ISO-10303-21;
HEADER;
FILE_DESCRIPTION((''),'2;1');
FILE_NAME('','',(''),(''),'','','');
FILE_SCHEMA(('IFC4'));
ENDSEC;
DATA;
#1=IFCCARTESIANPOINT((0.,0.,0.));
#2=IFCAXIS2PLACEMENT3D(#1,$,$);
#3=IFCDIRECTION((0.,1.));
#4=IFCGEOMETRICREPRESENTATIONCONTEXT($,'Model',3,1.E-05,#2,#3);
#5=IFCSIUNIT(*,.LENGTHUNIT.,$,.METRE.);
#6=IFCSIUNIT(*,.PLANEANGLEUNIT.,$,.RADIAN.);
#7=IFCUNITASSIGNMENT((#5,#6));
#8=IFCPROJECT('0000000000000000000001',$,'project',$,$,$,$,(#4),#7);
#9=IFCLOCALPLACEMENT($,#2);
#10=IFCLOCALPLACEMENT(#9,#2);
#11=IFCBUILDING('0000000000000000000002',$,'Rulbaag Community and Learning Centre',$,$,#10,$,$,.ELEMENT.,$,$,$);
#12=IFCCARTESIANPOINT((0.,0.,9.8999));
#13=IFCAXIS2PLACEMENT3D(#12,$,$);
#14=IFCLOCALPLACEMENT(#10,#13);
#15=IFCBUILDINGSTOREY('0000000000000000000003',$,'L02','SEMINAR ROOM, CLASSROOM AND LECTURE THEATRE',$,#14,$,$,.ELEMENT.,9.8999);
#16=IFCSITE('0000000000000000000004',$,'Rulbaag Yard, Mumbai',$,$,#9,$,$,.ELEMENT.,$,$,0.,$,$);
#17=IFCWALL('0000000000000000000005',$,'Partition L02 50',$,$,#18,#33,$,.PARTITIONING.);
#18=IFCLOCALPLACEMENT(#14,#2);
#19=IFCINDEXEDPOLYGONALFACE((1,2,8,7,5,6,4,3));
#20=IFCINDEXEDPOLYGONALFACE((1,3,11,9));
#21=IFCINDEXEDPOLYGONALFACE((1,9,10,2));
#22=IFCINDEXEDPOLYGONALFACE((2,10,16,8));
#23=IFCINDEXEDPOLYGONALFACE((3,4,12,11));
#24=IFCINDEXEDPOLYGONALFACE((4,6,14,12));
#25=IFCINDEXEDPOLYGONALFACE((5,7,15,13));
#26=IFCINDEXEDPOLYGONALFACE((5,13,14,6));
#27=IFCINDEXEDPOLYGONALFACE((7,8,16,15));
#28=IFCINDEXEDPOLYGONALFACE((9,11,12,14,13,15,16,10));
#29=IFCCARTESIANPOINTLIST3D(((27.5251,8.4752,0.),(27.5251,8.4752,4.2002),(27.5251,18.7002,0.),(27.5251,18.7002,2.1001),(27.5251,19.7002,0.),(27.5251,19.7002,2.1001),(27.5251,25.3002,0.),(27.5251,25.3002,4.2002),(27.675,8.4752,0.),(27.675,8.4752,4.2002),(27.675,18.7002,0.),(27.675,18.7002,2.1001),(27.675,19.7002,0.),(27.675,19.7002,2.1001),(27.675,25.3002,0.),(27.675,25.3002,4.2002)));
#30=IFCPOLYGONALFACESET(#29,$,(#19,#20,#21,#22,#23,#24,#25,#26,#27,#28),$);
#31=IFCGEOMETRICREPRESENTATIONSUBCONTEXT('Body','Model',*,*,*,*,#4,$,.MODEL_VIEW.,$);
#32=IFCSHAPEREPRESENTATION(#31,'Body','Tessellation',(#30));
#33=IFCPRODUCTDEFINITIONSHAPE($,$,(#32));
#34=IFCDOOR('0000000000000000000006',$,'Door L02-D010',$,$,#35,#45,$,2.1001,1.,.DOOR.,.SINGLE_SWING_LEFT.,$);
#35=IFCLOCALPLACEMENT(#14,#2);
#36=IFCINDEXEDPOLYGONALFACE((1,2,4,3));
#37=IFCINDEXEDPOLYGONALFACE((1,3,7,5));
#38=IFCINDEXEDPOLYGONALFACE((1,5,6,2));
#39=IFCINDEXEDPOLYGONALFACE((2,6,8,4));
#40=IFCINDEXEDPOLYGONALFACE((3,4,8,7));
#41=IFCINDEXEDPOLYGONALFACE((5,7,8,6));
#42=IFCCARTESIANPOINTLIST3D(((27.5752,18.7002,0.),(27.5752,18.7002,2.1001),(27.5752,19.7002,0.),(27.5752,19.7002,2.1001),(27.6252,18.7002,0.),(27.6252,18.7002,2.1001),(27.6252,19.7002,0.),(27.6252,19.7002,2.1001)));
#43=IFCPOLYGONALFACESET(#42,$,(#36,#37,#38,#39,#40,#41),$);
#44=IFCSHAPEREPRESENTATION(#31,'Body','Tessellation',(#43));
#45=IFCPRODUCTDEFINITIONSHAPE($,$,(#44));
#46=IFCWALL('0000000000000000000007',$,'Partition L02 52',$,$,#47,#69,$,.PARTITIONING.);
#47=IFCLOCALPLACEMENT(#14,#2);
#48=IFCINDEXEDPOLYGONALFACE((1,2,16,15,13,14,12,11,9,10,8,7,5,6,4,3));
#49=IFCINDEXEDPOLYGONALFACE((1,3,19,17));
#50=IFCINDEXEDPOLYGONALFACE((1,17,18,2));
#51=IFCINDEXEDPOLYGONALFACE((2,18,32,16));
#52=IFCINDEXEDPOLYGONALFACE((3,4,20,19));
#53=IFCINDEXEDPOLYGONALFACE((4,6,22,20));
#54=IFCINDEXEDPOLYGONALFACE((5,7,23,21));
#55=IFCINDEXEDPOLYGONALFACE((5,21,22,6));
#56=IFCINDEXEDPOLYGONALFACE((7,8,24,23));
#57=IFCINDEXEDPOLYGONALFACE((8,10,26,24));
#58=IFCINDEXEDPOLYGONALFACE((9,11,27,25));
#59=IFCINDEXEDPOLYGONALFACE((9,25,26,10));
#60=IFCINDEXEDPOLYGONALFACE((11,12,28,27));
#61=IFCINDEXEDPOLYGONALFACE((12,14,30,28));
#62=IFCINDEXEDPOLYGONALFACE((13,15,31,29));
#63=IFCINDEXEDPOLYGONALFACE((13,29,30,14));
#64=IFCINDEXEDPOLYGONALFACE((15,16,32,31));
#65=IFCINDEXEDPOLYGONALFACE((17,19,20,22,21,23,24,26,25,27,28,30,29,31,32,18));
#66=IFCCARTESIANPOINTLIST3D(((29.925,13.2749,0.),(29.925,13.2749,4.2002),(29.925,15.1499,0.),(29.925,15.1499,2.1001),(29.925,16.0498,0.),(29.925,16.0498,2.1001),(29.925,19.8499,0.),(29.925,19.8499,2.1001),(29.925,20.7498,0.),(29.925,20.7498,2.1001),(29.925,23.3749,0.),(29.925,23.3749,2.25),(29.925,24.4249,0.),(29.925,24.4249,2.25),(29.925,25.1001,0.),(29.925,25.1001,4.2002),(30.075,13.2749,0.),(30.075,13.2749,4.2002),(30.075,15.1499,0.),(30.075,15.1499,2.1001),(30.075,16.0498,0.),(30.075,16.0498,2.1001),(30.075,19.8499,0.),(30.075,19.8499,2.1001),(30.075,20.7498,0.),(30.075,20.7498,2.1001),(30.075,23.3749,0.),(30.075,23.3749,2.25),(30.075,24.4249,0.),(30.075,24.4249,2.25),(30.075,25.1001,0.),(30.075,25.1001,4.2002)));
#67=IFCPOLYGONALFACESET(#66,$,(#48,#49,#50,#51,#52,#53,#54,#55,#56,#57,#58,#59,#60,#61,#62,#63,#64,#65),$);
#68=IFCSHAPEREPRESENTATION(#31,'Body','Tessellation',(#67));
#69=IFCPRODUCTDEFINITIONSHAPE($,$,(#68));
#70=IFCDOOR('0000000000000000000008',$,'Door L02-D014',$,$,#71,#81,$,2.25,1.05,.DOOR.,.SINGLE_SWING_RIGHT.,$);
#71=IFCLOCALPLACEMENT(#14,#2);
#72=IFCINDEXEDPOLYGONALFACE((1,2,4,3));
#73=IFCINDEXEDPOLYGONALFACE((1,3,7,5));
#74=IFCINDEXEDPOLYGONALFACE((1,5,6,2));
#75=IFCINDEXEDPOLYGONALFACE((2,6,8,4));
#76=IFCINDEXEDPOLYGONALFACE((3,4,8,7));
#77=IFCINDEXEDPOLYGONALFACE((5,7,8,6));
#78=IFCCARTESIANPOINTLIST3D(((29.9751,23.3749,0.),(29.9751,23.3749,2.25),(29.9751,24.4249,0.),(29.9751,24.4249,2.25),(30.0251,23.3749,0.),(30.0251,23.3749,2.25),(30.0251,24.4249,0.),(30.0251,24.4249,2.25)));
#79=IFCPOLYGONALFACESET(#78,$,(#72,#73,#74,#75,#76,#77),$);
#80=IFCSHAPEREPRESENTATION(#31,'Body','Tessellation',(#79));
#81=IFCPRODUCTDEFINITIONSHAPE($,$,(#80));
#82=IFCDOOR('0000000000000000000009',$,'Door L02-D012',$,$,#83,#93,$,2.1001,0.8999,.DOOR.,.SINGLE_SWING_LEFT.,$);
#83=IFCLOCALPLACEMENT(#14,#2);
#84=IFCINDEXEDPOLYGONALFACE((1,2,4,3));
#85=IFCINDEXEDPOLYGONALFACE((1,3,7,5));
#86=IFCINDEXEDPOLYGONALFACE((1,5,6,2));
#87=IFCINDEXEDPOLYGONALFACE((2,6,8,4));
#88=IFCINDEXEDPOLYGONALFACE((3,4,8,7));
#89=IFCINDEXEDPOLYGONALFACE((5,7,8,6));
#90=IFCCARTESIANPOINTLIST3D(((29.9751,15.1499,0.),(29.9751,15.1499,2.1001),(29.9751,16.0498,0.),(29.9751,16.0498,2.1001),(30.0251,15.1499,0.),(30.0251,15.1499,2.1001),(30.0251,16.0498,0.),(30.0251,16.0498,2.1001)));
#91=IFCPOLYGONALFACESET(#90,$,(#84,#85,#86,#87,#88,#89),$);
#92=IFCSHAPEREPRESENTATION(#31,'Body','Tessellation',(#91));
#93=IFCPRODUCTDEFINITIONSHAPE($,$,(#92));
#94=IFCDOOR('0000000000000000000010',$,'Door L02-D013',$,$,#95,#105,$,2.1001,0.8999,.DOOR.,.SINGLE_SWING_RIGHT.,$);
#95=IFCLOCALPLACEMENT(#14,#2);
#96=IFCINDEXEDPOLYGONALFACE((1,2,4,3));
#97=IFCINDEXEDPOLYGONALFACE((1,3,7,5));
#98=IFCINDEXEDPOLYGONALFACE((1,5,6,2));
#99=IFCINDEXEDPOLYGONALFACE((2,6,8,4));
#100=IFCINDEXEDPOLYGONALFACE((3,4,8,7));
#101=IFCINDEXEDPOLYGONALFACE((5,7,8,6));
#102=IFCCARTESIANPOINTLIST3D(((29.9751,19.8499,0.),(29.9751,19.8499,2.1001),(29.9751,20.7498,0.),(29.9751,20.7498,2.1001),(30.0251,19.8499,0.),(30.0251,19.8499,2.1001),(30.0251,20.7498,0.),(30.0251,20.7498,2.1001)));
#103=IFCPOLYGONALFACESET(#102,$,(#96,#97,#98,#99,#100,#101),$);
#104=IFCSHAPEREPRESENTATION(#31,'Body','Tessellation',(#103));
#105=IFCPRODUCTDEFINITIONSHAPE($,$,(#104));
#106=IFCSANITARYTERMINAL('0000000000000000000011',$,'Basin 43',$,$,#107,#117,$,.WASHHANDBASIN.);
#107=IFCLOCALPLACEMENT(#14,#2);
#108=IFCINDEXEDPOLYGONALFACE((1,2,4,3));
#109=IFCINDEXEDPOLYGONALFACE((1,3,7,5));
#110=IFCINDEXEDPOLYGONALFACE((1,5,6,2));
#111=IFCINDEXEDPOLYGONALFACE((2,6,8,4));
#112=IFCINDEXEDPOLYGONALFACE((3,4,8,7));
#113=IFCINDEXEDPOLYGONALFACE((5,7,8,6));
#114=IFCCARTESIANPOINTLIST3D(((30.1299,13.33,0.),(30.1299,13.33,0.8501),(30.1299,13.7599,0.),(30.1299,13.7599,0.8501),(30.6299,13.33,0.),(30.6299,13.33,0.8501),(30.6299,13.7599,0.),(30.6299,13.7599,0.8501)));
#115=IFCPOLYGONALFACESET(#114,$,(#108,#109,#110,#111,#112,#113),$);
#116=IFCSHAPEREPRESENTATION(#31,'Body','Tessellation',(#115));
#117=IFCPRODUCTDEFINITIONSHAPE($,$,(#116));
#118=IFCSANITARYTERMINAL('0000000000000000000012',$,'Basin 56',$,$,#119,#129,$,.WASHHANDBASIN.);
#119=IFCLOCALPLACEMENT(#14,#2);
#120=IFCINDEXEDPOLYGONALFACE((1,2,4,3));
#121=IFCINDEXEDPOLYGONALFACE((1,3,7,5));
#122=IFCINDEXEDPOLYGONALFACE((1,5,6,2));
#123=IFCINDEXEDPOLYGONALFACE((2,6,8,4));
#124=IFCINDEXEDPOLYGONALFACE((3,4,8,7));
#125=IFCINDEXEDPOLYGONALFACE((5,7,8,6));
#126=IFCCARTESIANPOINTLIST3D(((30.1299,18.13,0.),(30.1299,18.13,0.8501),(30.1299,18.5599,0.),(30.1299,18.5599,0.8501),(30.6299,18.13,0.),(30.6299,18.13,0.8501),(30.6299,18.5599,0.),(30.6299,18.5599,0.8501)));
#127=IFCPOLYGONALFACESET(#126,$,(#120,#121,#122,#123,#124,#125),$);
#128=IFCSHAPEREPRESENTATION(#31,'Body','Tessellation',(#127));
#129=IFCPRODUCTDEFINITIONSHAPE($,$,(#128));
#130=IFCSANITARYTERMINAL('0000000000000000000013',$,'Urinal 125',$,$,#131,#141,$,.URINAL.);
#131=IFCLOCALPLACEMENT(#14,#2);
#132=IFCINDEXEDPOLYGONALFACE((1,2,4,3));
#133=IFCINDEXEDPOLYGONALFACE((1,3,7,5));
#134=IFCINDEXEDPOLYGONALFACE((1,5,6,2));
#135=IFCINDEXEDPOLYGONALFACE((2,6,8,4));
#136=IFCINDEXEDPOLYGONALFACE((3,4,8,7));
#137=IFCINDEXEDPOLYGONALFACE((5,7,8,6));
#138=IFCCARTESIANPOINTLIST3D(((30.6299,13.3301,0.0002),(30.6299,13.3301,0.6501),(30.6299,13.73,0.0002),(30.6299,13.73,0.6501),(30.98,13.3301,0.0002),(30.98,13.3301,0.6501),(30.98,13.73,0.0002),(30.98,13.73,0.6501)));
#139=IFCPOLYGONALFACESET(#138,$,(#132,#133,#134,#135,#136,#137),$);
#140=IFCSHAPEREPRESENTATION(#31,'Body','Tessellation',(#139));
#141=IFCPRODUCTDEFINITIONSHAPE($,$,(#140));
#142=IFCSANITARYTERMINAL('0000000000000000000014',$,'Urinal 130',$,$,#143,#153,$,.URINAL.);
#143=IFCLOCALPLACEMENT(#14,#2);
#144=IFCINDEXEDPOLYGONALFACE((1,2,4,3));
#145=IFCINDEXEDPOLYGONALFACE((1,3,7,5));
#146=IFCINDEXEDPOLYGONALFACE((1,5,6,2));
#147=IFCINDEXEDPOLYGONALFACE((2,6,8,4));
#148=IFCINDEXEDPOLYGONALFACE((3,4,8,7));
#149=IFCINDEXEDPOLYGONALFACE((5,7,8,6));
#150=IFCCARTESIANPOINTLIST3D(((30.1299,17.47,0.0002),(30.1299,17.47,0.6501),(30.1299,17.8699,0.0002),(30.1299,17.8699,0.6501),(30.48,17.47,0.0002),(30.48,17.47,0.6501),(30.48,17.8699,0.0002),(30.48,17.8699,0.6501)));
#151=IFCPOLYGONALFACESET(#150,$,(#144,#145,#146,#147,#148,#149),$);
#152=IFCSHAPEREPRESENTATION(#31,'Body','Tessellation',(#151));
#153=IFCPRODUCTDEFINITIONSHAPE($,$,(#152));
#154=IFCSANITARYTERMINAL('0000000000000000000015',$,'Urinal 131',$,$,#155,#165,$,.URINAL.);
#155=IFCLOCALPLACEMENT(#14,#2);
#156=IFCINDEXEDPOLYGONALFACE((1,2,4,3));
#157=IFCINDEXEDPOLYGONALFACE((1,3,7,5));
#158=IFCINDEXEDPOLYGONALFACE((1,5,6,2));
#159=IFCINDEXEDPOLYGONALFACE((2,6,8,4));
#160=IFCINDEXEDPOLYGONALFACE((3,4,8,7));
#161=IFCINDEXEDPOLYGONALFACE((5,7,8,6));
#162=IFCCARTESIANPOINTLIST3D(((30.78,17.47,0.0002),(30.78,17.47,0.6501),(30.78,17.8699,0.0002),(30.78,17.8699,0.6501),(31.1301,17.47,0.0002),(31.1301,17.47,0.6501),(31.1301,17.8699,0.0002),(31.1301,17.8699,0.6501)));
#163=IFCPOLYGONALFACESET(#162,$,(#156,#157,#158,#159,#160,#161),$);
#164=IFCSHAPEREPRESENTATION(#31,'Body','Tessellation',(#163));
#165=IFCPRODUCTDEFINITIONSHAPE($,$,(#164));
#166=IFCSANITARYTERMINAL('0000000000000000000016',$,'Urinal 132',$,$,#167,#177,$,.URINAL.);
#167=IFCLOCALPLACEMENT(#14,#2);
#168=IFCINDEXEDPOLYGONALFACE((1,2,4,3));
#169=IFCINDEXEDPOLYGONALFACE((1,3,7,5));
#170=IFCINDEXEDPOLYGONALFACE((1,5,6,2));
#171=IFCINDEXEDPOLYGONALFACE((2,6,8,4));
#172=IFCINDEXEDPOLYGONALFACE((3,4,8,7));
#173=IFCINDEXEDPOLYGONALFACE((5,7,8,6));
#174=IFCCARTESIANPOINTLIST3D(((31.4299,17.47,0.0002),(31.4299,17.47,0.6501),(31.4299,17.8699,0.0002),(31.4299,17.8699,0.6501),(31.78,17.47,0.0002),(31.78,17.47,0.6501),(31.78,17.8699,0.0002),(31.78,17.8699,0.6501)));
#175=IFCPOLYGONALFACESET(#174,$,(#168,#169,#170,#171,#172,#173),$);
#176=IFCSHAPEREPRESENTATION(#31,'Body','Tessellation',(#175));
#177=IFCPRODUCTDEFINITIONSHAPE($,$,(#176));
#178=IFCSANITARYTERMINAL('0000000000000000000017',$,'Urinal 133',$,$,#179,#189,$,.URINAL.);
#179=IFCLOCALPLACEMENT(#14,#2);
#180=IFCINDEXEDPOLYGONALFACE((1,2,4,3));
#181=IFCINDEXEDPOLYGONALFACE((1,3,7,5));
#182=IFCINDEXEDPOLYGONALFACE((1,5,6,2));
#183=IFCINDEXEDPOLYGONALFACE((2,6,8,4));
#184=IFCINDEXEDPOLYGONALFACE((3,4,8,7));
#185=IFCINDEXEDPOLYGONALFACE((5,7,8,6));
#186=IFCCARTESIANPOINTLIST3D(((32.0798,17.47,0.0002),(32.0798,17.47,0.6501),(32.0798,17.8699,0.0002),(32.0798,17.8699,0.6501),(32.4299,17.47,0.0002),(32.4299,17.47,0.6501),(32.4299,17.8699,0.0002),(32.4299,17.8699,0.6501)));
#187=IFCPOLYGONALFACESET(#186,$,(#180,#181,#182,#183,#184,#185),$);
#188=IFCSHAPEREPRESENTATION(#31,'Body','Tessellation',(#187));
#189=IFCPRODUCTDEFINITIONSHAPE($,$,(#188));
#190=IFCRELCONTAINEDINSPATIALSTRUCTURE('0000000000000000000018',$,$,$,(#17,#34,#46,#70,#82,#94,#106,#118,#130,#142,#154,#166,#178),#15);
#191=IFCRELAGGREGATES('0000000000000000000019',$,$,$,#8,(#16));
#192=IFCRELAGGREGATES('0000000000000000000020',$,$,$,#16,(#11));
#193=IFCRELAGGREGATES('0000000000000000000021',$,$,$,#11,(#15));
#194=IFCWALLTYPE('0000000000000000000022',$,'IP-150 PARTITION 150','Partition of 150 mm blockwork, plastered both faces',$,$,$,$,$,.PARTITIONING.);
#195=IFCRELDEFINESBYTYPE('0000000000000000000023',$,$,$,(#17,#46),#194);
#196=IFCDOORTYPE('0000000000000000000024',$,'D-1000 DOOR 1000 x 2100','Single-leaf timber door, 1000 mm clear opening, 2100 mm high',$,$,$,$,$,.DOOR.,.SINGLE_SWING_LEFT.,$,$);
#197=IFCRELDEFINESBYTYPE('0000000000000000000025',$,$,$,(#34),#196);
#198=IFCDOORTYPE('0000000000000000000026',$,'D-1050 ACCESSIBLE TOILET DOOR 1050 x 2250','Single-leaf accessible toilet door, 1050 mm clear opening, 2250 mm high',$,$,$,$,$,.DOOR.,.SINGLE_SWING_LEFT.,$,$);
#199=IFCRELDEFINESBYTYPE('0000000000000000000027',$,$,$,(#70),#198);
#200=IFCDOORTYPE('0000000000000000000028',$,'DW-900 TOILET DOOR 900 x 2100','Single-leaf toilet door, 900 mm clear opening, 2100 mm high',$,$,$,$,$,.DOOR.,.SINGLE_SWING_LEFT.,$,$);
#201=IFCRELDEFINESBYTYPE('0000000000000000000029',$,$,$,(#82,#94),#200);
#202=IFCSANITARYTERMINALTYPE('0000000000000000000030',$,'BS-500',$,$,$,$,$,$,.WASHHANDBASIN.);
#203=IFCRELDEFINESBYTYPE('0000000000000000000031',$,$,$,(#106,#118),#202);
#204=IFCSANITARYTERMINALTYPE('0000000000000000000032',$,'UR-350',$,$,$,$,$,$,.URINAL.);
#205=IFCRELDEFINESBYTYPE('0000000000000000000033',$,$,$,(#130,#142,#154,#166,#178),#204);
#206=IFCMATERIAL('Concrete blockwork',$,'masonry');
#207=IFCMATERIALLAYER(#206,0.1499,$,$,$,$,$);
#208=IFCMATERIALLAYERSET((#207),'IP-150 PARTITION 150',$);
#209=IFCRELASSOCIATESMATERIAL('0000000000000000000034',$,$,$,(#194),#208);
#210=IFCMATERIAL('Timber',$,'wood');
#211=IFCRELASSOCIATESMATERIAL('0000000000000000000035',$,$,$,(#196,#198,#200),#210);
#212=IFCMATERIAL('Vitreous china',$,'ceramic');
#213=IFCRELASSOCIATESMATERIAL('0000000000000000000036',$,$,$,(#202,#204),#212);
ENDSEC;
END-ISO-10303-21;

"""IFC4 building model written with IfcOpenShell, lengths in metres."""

from ifc_helpers import new_model, si_unit, direction, frame, frame_2d, origin, origin_2d, place, context, subcontext, project, spatial, rectangle, extrude, material, layer, layer_set, type_object, element, fill, save


model = new_model("IFC4")

# Units and contexts
model_context = context("Model", 3, precision=1e-05, world=origin(), true_north=direction((0.0, 1.0)))
body_context = subcontext(model_context, "Body", "Model", "MODEL_VIEW")
ifc_project = project(units=[si_unit("LENGTHUNIT", "METRE"), si_unit("PLANEANGLEUNIT", "RADIAN")], contexts=[model_context])

# Site, building, storey
site_placement = place(None, origin())
site = spatial("IfcSite", under=ifc_project, at=site_placement, Name="Rulbaag Yard, Mumbai", CompositionType="ELEMENT", RefElevation=0.0)
building_placement = place(site_placement, origin())
building = spatial("IfcBuilding", under=site, at=building_placement, Name="Rulbaag Community and Learning Centre", CompositionType="ELEMENT")
storey_placement = place(building_placement, frame((0.0, 0.0, 9.8999)))
storey = spatial("IfcBuildingStorey", under=building, at=storey_placement, Name="L02", Description="SEMINAR ROOM, CLASSROOM AND LECTURE THEATRE", CompositionType="ELEMENT", Elevation=9.8999)

# Shared definitions
ifc_material_1 = material(Name="Concrete blockwork", Category="masonry")
ifc_layer_1 = layer(ifc_material_1, 0.1499)
ifc_layer_set_1 = layer_set([ifc_layer_1], Name="IP-150 PARTITION 150")
wall_type_1 = type_object("IfcWallType", Name="IP-150 PARTITION 150", Description="Partition of 150 mm blockwork, plastered both faces", PredefinedType="PARTITIONING", material=ifc_layer_set_1)

# Wall, opening, door
wall_1_placement = place(storey_placement, frame((27.6001, 8.4751, 0.0), z_axis=(0.0, 0.0, 1.0), x_axis=(0.0, 1.0, 0.0)))
wall_1 = element("IfcWall", 1, at=wall_1_placement, inside=storey, type_object=wall_type_1, Name="Partition L02 50", PredefinedType="PARTITIONING", context=body_context, shape_type="SweptSolid", body=[
    extrude(rectangle(XDim=16.825, YDim=0.1499, at=frame_2d((8.4126, 0.0))), origin(), (0.0, 0.0, 1.0), 4.2002),
])
opening_1_placement = place(wall_1_placement, frame((10.2251, 0.0, 0.0)))
opening_1 = element("IfcOpeningElement", 2, at=opening_1_placement, cuts=wall_1, PredefinedType="OPENING", context=body_context, shape_type="SweptSolid", body=[
    extrude(rectangle(XDim=1.0, YDim=2.1001, at=frame_2d((0.5, 1.05))), frame((0.0, 0.085, 0.0), z_axis=(0.0, -1.0, 0.0), x_axis=(1.0, 0.0, 0.0)), (0.0, 0.0, 1.0), 0.1699),
])
ifc_material_2 = material(Name="Timber", Category="wood")
door_type_1 = type_object("IfcDoorType", Name="D-1000 DOOR 1000 x 2100", Description="Single-leaf timber door, 1000 mm clear opening, 2100 mm high", OperationType="SINGLE_SWING_LEFT", PredefinedType="DOOR", material=ifc_material_2)
door_1_placement = place(opening_1_placement, origin())
door_1 = element("IfcDoor", 3, at=door_1_placement, inside=storey, type_object=door_type_1, Name="Door L02-D010", OperationType="SINGLE_SWING_LEFT", OverallHeight=2.1001, OverallWidth=1.0, PredefinedType="DOOR", context=body_context, shape_type="SweptSolid", body=[
    extrude(rectangle(XDim=1.0, YDim=2.1001, at=frame_2d((0.5, 1.05))), frame((0.0, 0.0249, 0.0), z_axis=(0.0, -1.0, 0.0), x_axis=(1.0, 0.0, 0.0)), (0.0, 0.0, 1.0), 0.05),
])
fill(opening_1, door_1)

# Wall, openings, doors
wall_2_placement = place(storey_placement, frame((30.0, 13.2749, 0.0), z_axis=(0.0, 0.0, 1.0), x_axis=(0.0, 1.0, 0.0)))
wall_2 = element("IfcWall", 4, at=wall_2_placement, inside=storey, type_object=wall_type_1, Name="Partition L02 52", PredefinedType="PARTITIONING", context=body_context, shape_type="SweptSolid", body=[
    extrude(rectangle(XDim=11.8252, YDim=0.1499, at=frame_2d((5.9126, 0.0))), origin(), (0.0, 0.0, 1.0), 4.2002),
])
opening_2_placement = place(wall_2_placement, frame((1.875, 0.0, 0.0)))
opening_2 = element("IfcOpeningElement", 5, at=opening_2_placement, cuts=wall_2, PredefinedType="OPENING", context=body_context, shape_type="SweptSolid", body=[
    extrude(rectangle(XDim=0.8999, YDim=2.1001, at=frame_2d((0.45, 1.05))), frame((0.0, 0.085, 0.0), z_axis=(0.0, -1.0, 0.0), x_axis=(1.0, 0.0, 0.0)), (0.0, 0.0, 1.0), 0.1699),
])
opening_3_placement = place(wall_2_placement, frame((6.575, 0.0, 0.0)))
opening_3 = element("IfcOpeningElement", 6, at=opening_3_placement, cuts=wall_2, PredefinedType="OPENING", context=body_context, shape_type="SweptSolid", body=[
    extrude(rectangle(XDim=0.8999, YDim=2.1001, at=frame_2d((0.45, 1.05))), frame((0.0, 0.085, 0.0), z_axis=(0.0, -1.0, 0.0), x_axis=(1.0, 0.0, 0.0)), (0.0, 0.0, 1.0), 0.1699),
])
opening_4_placement = place(wall_2_placement, frame((10.1001, 0.0, 0.0)))
opening_4 = element("IfcOpeningElement", 7, at=opening_4_placement, cuts=wall_2, PredefinedType="OPENING", context=body_context, shape_type="SweptSolid", body=[
    extrude(rectangle(XDim=1.05, YDim=2.25, at=frame_2d((0.5249, 1.125))), frame((0.0, 0.085, 0.0), z_axis=(0.0, -1.0, 0.0), x_axis=(1.0, 0.0, 0.0)), (0.0, 0.0, 1.0), 0.1699),
])
door_type_2 = type_object("IfcDoorType", Name="D-1050 ACCESSIBLE TOILET DOOR 1050 x 2250", Description="Single-leaf accessible toilet door, 1050 mm clear opening, 2250 mm high", OperationType="SINGLE_SWING_LEFT", PredefinedType="DOOR", material=ifc_material_2)
door_2_placement = place(opening_4_placement, origin())
door_2 = element("IfcDoor", 8, at=door_2_placement, inside=storey, type_object=door_type_2, Name="Door L02-D014", OperationType="SINGLE_SWING_RIGHT", OverallHeight=2.25, OverallWidth=1.05, PredefinedType="DOOR", context=body_context, shape_type="SweptSolid", body=[
    extrude(rectangle(XDim=1.05, YDim=2.25, at=frame_2d((0.5249, 1.125))), frame((0.0, 0.0249, 0.0), z_axis=(0.0, -1.0, 0.0), x_axis=(1.0, 0.0, 0.0)), (0.0, 0.0, 1.0), 0.05),
])
fill(opening_4, door_2)
door_type_3 = type_object("IfcDoorType", Name="DW-900 TOILET DOOR 900 x 2100", Description="Single-leaf toilet door, 900 mm clear opening, 2100 mm high", OperationType="SINGLE_SWING_LEFT", PredefinedType="DOOR", material=ifc_material_2)
door_3_placement = place(opening_2_placement, origin())
door_3 = element("IfcDoor", 9, at=door_3_placement, inside=storey, type_object=door_type_3, Name="Door L02-D012", OperationType="SINGLE_SWING_LEFT", OverallHeight=2.1001, OverallWidth=0.8999, PredefinedType="DOOR", context=body_context, shape_type="SweptSolid", body=[
    extrude(rectangle(XDim=0.8999, YDim=2.1001, at=frame_2d((0.45, 1.05))), frame((0.0, 0.0249, 0.0), z_axis=(0.0, -1.0, 0.0), x_axis=(1.0, 0.0, 0.0)), (0.0, 0.0, 1.0), 0.05),
])
fill(opening_2, door_3)
door_4_placement = place(opening_3_placement, origin())
door_4 = element("IfcDoor", 10, at=door_4_placement, inside=storey, type_object=door_type_3, Name="Door L02-D013", OperationType="SINGLE_SWING_RIGHT", OverallHeight=2.1001, OverallWidth=0.8999, PredefinedType="DOOR", context=body_context, shape_type="SweptSolid", body=[
    extrude(rectangle(XDim=0.8999, YDim=2.1001, at=frame_2d((0.45, 1.05))), frame((0.0, 0.0249, 0.0), z_axis=(0.0, -1.0, 0.0), x_axis=(1.0, 0.0, 0.0)), (0.0, 0.0, 1.0), 0.05),
])
fill(opening_3, door_4)

# Sanitary terminals
ifc_material_3 = material(Name="Vitreous china", Category="ceramic")
sanitary_terminal_type_1 = type_object("IfcSanitaryTerminalType", Name="BS-500", PredefinedType="WASHHANDBASIN", material=ifc_material_3)
for number, where, z_axis, x_axis, name in (
    (11, (30.3799, 13.5449, 0.0), (0.0, 0.0, 1.0), (1.0, 0.0, 0.0), "Basin 43"),
    (12, (30.3799, 18.345, 0.0), (0.0, 0.0, 1.0), (1.0, 0.0, 0.0), "Basin 56"),
):
    element("IfcSanitaryTerminal", number, at=place(storey_placement, frame(where, z_axis=z_axis, x_axis=x_axis)), inside=storey, type_object=sanitary_terminal_type_1, Name=name, PredefinedType="WASHHANDBASIN", context=body_context, shape_type="SweptSolid", body=[
        extrude(rectangle(XDim=0.5, YDim=0.4299, at=origin_2d()), origin(), (0.0, 0.0, 1.0), 0.8501),
    ])
sanitary_terminal_type_2 = type_object("IfcSanitaryTerminalType", Name="UR-350", PredefinedType="URINAL", material=ifc_material_3)
for number, where, z_axis, x_axis, name in (
    (13, (30.8049, 13.53, 0.0002), (0.0, 0.0, 1.0), (1.0, 0.0, 0.0), "Urinal 125"),
    (14, (30.3049, 17.6699, 0.0002), (0.0, 0.0, 1.0), (1.0, 0.0, 0.0), "Urinal 130"),
    (15, (30.9551, 17.6699, 0.0002), (0.0, 0.0, 1.0), (1.0, 0.0, 0.0), "Urinal 131"),
    (16, (31.605, 17.6699, 0.0002), (0.0, 0.0, 1.0), (1.0, 0.0, 0.0), "Urinal 132"),
    (17, (32.2549, 17.6699, 0.0002), (0.0, 0.0, 1.0), (1.0, 0.0, 0.0), "Urinal 133"),
):
    element("IfcSanitaryTerminal", number, at=place(storey_placement, frame(where, z_axis=z_axis, x_axis=x_axis)), inside=storey, type_object=sanitary_terminal_type_2, Name=name, PredefinedType="URINAL", context=body_context, shape_type="SweptSolid", body=[
        extrude(rectangle(XDim=0.3501, YDim=0.3999, at=origin_2d()), origin(), (0.0, 0.0, 1.0), 0.6499),
    ])

save(model, "model.ifc")
